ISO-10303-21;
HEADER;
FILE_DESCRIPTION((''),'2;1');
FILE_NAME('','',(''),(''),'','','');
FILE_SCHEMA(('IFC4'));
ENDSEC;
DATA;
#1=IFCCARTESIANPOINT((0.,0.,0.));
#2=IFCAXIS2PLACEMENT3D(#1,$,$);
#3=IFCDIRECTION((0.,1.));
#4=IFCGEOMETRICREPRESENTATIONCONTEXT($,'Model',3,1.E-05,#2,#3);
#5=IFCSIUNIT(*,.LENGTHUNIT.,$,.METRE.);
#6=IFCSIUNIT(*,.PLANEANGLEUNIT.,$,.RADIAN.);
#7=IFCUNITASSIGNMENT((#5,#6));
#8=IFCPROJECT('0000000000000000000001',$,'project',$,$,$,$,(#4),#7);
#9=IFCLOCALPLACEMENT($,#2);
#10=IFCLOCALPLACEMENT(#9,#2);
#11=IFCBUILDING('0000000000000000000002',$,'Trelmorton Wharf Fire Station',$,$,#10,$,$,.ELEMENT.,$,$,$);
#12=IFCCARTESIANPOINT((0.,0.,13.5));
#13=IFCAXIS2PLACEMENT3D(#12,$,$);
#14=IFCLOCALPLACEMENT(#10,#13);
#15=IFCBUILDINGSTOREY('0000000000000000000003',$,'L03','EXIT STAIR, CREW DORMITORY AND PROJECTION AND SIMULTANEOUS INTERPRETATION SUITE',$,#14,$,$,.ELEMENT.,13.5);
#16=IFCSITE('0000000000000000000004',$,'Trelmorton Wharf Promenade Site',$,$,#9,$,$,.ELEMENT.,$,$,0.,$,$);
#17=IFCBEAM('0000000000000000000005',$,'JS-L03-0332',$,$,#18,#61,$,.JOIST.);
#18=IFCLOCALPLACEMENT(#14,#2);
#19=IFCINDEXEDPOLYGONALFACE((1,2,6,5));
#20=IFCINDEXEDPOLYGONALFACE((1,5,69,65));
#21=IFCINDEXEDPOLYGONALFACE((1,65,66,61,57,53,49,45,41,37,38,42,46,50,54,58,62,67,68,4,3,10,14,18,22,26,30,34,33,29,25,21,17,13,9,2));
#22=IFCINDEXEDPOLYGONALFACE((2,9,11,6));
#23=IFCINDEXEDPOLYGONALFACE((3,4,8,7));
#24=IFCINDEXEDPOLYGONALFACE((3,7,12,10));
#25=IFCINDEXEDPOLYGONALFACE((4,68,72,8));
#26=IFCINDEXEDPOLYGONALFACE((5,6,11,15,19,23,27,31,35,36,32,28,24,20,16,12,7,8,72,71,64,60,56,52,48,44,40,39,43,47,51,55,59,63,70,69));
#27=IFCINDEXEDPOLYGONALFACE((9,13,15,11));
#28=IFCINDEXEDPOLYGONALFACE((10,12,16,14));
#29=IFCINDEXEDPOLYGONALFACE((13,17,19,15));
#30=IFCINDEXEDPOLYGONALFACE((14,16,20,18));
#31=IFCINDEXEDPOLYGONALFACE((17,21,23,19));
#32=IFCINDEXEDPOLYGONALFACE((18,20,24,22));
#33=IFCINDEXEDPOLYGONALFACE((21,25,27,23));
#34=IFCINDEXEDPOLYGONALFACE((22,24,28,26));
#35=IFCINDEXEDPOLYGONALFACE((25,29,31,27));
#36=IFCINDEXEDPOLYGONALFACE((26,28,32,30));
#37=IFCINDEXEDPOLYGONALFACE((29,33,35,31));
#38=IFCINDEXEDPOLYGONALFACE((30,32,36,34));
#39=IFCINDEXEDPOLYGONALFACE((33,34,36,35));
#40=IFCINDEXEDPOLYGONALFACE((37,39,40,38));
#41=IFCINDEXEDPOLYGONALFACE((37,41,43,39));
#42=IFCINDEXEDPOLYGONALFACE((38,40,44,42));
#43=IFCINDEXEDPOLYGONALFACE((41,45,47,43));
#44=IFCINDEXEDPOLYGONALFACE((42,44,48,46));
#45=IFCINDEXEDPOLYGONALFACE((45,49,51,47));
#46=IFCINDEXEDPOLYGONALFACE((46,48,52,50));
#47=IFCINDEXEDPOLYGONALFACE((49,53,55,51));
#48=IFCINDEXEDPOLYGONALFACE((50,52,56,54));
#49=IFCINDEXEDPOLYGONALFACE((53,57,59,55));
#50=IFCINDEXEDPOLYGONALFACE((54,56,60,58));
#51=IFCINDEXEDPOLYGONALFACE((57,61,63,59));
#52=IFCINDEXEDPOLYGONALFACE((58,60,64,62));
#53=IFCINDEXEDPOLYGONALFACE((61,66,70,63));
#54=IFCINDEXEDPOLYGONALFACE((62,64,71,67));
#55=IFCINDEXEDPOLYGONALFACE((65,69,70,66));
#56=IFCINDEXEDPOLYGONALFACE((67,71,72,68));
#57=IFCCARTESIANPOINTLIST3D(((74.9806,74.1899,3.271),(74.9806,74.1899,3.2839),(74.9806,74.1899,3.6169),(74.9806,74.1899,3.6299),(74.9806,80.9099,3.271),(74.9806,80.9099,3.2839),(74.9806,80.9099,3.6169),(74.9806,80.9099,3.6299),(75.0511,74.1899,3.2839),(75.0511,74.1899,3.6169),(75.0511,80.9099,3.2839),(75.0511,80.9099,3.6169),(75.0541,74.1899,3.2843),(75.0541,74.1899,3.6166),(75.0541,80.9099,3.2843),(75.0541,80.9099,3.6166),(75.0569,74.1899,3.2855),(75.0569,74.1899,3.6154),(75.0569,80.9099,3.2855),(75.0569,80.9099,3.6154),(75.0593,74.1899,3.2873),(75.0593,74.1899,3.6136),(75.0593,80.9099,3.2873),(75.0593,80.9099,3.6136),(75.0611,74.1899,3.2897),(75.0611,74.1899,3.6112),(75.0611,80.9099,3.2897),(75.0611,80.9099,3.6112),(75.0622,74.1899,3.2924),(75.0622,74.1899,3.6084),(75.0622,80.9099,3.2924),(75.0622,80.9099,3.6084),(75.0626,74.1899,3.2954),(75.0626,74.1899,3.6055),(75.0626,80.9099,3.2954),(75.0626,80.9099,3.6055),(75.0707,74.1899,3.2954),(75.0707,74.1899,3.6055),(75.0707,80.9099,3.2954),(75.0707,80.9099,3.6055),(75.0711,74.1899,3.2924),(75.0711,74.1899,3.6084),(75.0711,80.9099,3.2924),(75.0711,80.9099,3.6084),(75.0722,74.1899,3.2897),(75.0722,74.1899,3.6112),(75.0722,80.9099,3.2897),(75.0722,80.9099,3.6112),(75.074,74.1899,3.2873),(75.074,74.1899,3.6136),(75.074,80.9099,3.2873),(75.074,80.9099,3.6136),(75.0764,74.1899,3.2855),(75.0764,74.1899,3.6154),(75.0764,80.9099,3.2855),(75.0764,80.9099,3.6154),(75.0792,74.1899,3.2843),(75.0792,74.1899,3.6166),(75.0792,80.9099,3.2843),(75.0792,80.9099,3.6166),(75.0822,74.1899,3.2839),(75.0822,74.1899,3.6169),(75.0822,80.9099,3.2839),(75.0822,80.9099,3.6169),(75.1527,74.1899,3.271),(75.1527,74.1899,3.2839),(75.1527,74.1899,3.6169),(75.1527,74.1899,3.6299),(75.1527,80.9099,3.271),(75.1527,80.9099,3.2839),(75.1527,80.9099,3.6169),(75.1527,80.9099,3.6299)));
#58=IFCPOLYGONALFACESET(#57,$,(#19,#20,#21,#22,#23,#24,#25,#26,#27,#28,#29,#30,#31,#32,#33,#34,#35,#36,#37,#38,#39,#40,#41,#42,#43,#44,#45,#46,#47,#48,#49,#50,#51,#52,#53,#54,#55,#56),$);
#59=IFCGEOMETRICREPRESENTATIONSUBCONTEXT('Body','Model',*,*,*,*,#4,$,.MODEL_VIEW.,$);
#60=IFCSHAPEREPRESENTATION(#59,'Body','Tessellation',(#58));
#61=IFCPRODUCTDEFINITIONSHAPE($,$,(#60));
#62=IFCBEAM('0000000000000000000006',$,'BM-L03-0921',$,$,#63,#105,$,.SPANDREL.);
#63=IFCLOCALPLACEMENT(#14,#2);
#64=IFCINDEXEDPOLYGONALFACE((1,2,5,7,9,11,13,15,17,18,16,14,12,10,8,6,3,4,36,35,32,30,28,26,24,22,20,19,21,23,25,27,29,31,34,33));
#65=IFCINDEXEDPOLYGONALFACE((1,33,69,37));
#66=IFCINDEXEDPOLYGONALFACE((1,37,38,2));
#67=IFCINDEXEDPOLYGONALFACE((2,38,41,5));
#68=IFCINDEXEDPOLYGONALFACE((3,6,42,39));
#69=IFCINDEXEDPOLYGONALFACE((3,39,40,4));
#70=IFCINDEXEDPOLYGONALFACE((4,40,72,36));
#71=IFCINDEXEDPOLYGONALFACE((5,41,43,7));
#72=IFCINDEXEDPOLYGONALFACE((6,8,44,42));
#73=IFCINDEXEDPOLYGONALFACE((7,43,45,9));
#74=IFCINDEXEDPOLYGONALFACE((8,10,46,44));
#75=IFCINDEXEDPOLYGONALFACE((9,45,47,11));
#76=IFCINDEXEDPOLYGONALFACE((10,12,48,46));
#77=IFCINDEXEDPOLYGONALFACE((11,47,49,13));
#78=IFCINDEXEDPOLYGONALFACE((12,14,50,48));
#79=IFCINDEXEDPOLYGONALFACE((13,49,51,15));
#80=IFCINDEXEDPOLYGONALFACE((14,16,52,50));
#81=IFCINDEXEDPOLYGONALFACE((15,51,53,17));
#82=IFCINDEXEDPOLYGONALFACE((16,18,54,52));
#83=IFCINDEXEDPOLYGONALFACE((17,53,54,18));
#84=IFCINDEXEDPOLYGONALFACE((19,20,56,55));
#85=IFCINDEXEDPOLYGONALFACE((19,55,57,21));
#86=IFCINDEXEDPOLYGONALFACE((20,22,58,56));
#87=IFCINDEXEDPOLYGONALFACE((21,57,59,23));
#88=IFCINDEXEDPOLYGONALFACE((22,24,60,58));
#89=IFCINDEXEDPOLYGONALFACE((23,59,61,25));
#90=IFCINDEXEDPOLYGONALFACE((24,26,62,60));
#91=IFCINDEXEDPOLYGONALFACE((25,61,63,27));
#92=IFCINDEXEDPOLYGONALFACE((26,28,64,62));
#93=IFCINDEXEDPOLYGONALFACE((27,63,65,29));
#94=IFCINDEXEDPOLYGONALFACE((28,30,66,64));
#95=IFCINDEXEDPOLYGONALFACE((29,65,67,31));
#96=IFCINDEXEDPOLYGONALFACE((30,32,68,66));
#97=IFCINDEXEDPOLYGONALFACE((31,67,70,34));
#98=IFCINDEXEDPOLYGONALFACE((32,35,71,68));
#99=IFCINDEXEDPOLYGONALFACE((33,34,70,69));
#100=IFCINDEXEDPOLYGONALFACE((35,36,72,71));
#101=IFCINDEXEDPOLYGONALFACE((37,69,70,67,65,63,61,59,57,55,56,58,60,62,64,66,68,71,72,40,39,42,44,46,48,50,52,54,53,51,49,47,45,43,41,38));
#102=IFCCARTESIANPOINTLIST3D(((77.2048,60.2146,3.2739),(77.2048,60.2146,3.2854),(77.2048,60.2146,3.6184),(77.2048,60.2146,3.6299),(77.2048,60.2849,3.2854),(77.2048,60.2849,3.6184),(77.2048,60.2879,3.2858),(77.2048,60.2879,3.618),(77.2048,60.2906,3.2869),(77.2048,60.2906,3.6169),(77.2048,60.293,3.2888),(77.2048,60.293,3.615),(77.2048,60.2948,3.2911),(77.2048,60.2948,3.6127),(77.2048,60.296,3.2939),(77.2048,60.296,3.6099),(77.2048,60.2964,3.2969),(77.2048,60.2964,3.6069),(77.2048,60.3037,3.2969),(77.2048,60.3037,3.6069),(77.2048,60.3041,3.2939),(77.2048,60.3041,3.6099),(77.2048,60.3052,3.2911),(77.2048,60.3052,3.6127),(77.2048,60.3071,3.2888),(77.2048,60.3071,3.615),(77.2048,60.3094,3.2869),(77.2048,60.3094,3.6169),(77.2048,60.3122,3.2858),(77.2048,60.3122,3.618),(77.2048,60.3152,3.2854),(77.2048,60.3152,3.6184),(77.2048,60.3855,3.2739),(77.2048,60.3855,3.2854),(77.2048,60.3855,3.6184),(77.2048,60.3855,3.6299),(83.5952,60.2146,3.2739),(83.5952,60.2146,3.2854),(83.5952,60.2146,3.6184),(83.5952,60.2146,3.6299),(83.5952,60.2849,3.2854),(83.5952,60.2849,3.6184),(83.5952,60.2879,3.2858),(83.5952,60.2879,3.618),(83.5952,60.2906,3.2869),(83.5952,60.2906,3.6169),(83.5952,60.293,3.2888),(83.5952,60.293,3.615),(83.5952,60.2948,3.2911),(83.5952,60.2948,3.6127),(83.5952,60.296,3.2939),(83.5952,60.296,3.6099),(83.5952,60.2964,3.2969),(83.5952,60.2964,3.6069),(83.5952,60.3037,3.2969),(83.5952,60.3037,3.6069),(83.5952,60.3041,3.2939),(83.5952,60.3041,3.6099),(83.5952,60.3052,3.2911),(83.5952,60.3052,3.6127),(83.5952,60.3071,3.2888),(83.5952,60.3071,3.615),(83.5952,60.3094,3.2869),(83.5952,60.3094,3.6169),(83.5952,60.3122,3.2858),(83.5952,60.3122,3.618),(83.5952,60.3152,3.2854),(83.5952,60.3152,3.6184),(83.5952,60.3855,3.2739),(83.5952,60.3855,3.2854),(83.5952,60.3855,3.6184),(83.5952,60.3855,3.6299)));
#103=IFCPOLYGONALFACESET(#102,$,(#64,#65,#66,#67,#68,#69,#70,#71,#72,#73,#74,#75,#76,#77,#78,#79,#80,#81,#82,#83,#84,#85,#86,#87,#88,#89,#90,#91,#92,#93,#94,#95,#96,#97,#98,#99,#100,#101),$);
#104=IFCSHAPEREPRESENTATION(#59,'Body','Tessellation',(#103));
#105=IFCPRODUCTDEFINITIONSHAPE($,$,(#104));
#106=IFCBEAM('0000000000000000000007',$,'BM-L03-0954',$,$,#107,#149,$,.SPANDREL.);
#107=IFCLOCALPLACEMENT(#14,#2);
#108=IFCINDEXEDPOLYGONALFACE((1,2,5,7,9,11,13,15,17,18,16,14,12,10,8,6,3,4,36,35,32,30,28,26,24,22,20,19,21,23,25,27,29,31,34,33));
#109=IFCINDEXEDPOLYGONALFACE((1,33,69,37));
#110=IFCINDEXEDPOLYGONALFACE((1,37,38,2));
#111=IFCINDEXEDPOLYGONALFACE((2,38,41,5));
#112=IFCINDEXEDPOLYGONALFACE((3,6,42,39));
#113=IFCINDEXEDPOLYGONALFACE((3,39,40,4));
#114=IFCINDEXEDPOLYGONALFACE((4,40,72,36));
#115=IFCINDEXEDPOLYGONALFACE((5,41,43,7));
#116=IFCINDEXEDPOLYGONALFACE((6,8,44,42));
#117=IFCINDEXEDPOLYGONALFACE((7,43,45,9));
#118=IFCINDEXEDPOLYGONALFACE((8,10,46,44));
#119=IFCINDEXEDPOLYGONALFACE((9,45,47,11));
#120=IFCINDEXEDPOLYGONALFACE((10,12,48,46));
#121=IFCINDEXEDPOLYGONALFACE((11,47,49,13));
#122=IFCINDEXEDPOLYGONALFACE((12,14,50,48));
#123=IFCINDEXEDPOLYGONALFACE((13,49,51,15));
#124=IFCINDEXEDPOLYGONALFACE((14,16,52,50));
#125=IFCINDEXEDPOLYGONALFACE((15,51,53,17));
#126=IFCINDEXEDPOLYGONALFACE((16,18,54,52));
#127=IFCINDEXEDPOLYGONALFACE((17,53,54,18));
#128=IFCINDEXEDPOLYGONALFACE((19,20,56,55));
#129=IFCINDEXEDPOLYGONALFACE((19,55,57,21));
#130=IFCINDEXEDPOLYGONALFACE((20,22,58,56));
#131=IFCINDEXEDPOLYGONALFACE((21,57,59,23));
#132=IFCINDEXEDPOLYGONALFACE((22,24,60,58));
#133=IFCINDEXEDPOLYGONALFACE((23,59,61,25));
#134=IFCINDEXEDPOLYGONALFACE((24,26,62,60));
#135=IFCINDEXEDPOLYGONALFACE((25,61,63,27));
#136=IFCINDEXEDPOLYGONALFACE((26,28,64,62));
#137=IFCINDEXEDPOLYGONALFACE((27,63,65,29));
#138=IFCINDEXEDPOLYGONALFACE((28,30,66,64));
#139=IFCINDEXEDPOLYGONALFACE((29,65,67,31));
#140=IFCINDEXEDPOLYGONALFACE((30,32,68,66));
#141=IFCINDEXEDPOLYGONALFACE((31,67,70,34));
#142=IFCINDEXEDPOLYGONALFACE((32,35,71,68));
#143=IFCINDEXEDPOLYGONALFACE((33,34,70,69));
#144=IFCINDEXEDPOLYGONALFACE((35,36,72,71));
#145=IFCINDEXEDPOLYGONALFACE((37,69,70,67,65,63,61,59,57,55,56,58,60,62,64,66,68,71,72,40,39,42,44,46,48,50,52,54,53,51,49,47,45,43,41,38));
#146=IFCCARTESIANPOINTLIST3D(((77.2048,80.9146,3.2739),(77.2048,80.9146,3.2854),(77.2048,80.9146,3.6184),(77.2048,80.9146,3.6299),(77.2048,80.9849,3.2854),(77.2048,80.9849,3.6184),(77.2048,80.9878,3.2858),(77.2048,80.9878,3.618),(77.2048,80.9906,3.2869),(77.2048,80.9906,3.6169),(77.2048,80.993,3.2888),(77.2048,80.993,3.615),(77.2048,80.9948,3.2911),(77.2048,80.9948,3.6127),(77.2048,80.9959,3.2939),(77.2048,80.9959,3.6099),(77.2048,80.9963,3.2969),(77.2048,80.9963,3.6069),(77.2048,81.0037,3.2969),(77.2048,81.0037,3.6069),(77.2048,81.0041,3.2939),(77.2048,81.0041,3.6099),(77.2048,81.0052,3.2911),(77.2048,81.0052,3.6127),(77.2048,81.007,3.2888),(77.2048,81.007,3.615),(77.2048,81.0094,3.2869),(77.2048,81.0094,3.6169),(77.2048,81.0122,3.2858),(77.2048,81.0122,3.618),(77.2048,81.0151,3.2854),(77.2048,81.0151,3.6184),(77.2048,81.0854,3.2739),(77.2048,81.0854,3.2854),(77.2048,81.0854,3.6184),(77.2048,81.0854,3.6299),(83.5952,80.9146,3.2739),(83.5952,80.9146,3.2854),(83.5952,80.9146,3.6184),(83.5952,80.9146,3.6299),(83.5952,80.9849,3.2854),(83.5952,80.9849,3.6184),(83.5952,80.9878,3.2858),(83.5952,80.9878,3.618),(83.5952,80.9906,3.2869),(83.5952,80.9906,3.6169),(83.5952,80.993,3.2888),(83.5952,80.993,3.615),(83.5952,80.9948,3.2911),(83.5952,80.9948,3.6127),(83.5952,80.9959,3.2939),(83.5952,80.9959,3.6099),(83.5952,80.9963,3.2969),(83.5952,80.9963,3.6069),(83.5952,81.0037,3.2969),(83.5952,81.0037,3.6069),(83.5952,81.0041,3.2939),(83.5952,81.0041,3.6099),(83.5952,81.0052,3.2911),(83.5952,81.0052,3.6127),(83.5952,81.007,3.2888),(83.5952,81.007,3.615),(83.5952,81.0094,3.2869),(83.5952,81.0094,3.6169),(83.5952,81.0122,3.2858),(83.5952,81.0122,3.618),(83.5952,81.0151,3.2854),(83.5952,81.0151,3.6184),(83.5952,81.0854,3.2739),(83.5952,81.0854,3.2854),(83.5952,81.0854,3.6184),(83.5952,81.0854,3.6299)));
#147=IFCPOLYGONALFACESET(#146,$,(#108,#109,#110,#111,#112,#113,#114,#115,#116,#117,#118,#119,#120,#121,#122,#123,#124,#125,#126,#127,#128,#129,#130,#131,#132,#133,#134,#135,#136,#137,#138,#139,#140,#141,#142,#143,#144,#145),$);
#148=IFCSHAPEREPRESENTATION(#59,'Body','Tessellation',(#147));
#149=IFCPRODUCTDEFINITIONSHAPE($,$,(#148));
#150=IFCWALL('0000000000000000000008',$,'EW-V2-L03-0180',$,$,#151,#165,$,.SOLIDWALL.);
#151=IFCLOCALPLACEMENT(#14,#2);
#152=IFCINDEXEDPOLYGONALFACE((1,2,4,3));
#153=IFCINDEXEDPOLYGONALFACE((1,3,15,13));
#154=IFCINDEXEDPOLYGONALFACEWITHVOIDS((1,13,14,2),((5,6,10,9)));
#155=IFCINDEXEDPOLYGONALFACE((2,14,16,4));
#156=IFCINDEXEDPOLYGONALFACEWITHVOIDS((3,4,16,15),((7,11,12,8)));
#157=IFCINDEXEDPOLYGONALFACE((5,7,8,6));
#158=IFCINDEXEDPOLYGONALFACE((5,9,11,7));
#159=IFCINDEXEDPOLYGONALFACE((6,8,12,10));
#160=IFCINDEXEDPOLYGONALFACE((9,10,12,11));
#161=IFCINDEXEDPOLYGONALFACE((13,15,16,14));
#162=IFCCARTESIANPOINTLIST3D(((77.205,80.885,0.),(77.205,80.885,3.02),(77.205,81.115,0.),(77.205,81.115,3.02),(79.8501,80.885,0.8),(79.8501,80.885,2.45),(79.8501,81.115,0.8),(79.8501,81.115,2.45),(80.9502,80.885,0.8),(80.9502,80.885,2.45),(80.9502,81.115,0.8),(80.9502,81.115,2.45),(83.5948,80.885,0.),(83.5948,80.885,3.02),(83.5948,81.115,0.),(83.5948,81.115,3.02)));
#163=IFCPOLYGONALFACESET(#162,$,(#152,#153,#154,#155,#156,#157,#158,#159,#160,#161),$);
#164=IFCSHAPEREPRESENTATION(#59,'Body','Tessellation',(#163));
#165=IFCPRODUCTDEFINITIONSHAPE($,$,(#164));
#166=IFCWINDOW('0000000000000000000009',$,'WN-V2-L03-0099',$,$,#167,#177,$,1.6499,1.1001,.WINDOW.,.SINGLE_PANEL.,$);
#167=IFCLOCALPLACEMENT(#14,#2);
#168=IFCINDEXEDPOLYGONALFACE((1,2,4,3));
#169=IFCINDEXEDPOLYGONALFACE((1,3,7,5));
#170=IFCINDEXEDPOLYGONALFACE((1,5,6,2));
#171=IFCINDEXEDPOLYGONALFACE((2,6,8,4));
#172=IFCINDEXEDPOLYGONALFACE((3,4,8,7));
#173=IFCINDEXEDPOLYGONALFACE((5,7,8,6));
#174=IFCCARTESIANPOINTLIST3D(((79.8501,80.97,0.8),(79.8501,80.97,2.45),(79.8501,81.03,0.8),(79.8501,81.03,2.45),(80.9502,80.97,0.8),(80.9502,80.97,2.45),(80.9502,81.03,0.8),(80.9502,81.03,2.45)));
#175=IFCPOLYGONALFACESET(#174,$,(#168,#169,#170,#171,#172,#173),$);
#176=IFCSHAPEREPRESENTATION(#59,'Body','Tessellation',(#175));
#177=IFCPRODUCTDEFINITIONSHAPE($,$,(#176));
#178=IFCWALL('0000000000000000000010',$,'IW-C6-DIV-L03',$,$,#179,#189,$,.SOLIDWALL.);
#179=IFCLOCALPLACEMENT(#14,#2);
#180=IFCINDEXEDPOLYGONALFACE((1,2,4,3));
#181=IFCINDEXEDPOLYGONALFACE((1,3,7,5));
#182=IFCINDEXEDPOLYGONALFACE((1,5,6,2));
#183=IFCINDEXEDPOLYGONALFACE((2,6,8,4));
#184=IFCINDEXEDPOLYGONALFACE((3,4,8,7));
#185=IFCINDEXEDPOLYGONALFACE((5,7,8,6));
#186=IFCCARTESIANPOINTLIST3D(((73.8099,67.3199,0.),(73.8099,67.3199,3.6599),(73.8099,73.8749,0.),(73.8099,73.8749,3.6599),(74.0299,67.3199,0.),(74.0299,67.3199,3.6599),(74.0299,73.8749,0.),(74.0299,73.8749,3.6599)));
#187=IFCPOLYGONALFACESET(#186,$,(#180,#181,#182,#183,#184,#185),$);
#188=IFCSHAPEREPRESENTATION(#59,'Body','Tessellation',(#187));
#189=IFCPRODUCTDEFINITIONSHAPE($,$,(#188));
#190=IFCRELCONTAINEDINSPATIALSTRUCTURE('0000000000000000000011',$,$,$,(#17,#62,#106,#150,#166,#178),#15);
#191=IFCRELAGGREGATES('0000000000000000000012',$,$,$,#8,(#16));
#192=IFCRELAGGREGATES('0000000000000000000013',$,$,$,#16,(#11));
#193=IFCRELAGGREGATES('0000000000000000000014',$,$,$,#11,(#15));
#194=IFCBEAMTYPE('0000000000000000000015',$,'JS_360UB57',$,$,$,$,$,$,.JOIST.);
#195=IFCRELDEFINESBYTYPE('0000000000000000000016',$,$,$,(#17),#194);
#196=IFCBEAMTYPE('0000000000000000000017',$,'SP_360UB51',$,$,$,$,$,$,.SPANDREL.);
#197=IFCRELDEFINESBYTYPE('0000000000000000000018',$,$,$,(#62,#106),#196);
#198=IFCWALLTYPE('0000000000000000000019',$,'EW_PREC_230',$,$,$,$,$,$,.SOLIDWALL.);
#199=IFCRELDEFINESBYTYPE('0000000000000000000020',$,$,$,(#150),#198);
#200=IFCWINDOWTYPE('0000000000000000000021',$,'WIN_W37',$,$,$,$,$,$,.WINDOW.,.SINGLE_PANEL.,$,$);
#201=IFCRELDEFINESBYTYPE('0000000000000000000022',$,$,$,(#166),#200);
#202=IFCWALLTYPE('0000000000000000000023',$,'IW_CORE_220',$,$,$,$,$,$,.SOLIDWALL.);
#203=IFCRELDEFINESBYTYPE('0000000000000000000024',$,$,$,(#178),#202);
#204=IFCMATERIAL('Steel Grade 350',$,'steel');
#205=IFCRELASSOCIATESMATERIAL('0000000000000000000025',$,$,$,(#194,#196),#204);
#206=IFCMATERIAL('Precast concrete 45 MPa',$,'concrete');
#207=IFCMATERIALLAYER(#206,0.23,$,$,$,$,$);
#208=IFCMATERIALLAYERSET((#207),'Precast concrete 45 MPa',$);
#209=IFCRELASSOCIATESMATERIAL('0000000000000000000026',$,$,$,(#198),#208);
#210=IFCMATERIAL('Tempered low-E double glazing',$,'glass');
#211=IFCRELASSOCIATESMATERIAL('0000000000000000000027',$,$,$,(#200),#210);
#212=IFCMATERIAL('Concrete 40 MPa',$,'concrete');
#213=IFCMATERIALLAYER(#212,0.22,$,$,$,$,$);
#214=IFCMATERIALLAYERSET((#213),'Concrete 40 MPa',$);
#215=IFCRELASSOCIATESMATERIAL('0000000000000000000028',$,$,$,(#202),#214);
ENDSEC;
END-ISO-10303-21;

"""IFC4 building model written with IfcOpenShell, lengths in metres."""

from ifc_helpers import new_model, si_unit, direction, frame, frame_2d, origin, origin_2d, place, context, subcontext, project, spatial, rectangle, i_section, extrude, material, layer, layer_set, material_profile, profile_set, type_object, element, fill, save


model = new_model("IFC4")

# Units and contexts
model_context = context("Model", 3, precision=1e-05, world=origin(), true_north=direction((0.0, 1.0)))
body_context = subcontext(model_context, "Body", "Model", "MODEL_VIEW")
ifc_project = project(units=[si_unit("LENGTHUNIT", "METRE"), si_unit("PLANEANGLEUNIT", "RADIAN")], contexts=[model_context])

# Site, building, storey
site_placement = place(None, origin())
site = spatial("IfcSite", under=ifc_project, at=site_placement, Name="Trelmorton Wharf Promenade Site", CompositionType="ELEMENT", RefElevation=0.0)
building_placement = place(site_placement, origin())
building = spatial("IfcBuilding", under=site, at=building_placement, Name="Trelmorton Wharf Fire Station", CompositionType="ELEMENT")
storey_placement = place(building_placement, frame((0.0, 0.0, 13.5)))
storey = spatial("IfcBuildingStorey", under=building, at=storey_placement, Name="L03", Description="EXIT STAIR, CREW DORMITORY AND PROJECTION AND SIMULTANEOUS INTERPRETATION SUITE", CompositionType="ELEMENT", Elevation=13.5)

# Shared definitions
ifc_material_1 = material(Name="Steel Grade 350", Category="steel")

# Beams
ifc_material_profile_1 = material_profile(ifc_material_1, i_section(OverallWidth=0.1721, OverallDepth=0.3589, WebThickness=0.0081, FlangeThickness=0.0129, FilletRadius=0.0115, at=origin_2d()), Name="360UB56.7")
ifc_profile_set_1 = profile_set([ifc_material_profile_1], Name="Steel Grade 350")
beam_type_1 = type_object("IfcBeamType", Name="JS_360UB57", PredefinedType="JOIST", material=ifc_profile_set_1)
for number, where, z_axis, x_axis, name in (
    (1, (75.0667, 74.1899, 3.4504), (0.0, 1.0, 0.0), (-1.0, 0.0, 0.0), "JS-L03-0332"),
):
    element("IfcBeam", number, at=place(storey_placement, frame(where, z_axis=z_axis, x_axis=x_axis)), inside=storey, type_object=beam_type_1, Name=name, PredefinedType="JOIST", context=body_context, shape_type="SweptSolid", body=[
        extrude(i_section(OverallWidth=0.1721, OverallDepth=0.3589, WebThickness=0.0081, FlangeThickness=0.0129, FilletRadius=0.0115, at=origin_2d()), origin(), (0.0, 0.0, 1.0), 6.72),
    ])
ifc_material_profile_2 = material_profile(ifc_material_1, i_section(OverallWidth=0.1709, OverallDepth=0.356, WebThickness=0.0073, FlangeThickness=0.0115, FilletRadius=0.0115, at=origin_2d()), Name="360UB50.7")
ifc_profile_set_2 = profile_set([ifc_material_profile_2], Name="Steel Grade 350")
beam_type_2 = type_object("IfcBeamType", Name="SP_360UB51", PredefinedType="SPANDREL", material=ifc_profile_set_2)
for number, where, z_axis, x_axis, name in (
    (2, (77.2048, 60.3, 3.4519), (1.0, 0.0, 0.0), (0.0, 1.0, 0.0), "BM-L03-0921"),
    (3, (77.2048, 81.0, 3.4519), (1.0, 0.0, 0.0), (0.0, 1.0, 0.0), "BM-L03-0954"),
):
    element("IfcBeam", number, at=place(storey_placement, frame(where, z_axis=z_axis, x_axis=x_axis)), inside=storey, type_object=beam_type_2, Name=name, PredefinedType="SPANDREL", context=body_context, shape_type="SweptSolid", body=[
        extrude(i_section(OverallWidth=0.1709, OverallDepth=0.356, WebThickness=0.0073, FlangeThickness=0.0115, FilletRadius=0.0115, at=origin_2d()), origin(), (0.0, 0.0, 1.0), 6.3904),
    ])

# Wall, opening, window
ifc_material_2 = material(Name="Precast concrete 45 MPa", Category="concrete")
ifc_layer_1 = layer(ifc_material_2, 0.23)
ifc_layer_set_1 = layer_set([ifc_layer_1], Name="Precast concrete 45 MPa")
wall_type_1 = type_object("IfcWallType", Name="EW_PREC_230", PredefinedType="SOLIDWALL", material=ifc_layer_set_1)
wall_1_placement = place(storey_placement, frame((77.2051, 81.0, 0.0), z_axis=(0.0, 0.0, 1.0), x_axis=(1.0, 0.0, 0.0)))
wall_1 = element("IfcWall", 4, at=wall_1_placement, inside=storey, type_object=wall_type_1, Name="EW-V2-L03-0180", PredefinedType="SOLIDWALL", context=body_context, shape_type="SweptSolid", body=[
    extrude(rectangle(XDim=6.3899, YDim=0.23, at=frame_2d((3.1948, 0.0))), origin(), (0.0, 0.0, 1.0), 3.02),
])
opening_1_placement = place(wall_1_placement, frame((2.645, 0.0, 0.8)))
opening_1 = element("IfcOpeningElement", 5, at=opening_1_placement, cuts=wall_1, PredefinedType="OPENING", context=body_context, shape_type="SweptSolid", body=[
    extrude(rectangle(XDim=1.1001, YDim=1.6499, at=frame_2d((0.55, 0.825))), frame((0.0, 0.125, 0.0), z_axis=(0.0, -1.0, 0.0), x_axis=(1.0, 0.0, 0.0)), (0.0, 0.0, 1.0), 0.25),
])
ifc_material_3 = material(Name="Tempered low-E double glazing", Category="glass")
window_type = type_object("IfcWindowType", Name="WIN_W37", PartitioningType="SINGLE_PANEL", PredefinedType="WINDOW", material=ifc_material_3)
window_placement = place(opening_1_placement, origin())
window = element("IfcWindow", 6, at=window_placement, inside=storey, type_object=window_type, Name="WN-V2-L03-0099", OverallHeight=1.6499, OverallWidth=1.1001, PartitioningType="SINGLE_PANEL", PredefinedType="WINDOW", context=body_context, shape_type="SweptSolid", body=[
    extrude(rectangle(XDim=1.1001, YDim=1.6499, at=frame_2d((0.55, 0.825))), frame((0.0, 0.03, 0.0), z_axis=(0.0, -1.0, 0.0), x_axis=(1.0, 0.0, 0.0)), (0.0, 0.0, 1.0), 0.0601),
])
fill(opening_1, window)

# Wall
ifc_material_4 = material(Name="Concrete 40 MPa", Category="concrete")
ifc_layer_2 = layer(ifc_material_4, 0.22)
ifc_layer_set_2 = layer_set([ifc_layer_2], Name="Concrete 40 MPa")
wall_type_2 = type_object("IfcWallType", Name="IW_CORE_220", PredefinedType="SOLIDWALL", material=ifc_layer_set_2)
wall_2_placement = place(storey_placement, frame((73.9199, 67.3201, 0.0), z_axis=(0.0, 0.0, 1.0), x_axis=(0.0, 1.0, 0.0)))
element("IfcWall", 7, at=wall_2_placement, inside=storey, type_object=wall_type_2, Name="IW-C6-DIV-L03", PredefinedType="SOLIDWALL", context=body_context, shape_type="SweptSolid", body=[
    extrude(rectangle(XDim=6.5549, YDim=0.22, at=frame_2d((3.2773, 0.0))), origin(), (0.0, 0.0, 1.0), 3.6599),
])

save(model, "model.ifc")
